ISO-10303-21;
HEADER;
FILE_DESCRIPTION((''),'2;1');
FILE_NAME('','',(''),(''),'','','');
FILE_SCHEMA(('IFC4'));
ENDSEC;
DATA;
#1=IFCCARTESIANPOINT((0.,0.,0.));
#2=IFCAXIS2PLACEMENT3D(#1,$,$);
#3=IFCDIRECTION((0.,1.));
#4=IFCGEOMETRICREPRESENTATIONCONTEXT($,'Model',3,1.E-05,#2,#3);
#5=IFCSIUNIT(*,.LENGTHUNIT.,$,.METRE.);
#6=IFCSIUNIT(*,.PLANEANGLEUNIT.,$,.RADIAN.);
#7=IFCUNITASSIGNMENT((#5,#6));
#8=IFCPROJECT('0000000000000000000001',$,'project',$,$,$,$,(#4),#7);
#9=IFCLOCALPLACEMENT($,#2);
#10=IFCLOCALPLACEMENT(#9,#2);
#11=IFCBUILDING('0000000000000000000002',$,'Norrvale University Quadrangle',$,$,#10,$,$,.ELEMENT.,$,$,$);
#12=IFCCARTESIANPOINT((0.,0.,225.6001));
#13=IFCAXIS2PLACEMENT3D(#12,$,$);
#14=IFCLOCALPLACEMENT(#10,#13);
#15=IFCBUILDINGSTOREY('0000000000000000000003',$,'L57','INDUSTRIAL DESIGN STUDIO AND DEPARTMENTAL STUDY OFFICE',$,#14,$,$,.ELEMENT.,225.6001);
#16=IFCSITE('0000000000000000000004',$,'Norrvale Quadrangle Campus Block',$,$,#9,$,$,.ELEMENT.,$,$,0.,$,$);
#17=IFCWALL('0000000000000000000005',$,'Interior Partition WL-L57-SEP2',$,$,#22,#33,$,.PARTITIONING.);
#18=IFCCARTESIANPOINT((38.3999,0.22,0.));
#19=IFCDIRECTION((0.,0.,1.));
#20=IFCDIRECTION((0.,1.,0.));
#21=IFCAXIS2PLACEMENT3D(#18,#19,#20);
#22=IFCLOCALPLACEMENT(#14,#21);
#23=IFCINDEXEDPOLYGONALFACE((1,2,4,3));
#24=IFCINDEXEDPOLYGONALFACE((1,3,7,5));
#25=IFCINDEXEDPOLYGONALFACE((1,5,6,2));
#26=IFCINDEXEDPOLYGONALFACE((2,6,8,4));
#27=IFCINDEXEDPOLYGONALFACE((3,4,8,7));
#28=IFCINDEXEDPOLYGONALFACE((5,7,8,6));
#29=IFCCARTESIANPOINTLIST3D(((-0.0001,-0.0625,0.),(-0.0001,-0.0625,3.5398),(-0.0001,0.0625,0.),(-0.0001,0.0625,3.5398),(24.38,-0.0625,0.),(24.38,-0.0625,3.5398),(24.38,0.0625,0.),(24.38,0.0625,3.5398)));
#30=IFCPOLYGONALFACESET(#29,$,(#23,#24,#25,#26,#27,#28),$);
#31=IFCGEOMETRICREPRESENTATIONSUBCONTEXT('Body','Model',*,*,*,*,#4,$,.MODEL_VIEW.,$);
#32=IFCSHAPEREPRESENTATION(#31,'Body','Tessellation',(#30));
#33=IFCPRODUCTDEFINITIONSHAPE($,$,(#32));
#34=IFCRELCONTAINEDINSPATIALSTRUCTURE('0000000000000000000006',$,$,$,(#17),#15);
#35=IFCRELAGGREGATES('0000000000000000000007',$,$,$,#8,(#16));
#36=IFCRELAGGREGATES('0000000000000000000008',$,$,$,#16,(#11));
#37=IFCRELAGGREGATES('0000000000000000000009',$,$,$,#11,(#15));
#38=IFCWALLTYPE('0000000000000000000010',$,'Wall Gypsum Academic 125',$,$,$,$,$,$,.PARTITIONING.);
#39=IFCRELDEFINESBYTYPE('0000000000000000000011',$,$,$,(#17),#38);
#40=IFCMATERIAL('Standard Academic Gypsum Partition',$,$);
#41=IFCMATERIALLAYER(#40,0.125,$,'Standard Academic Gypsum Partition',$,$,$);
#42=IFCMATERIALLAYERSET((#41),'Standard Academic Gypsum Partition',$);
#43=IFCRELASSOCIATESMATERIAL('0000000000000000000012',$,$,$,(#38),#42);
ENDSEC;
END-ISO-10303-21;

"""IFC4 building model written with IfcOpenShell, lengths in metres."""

from ifc_helpers import new_model, si_unit, direction, frame, frame_2d, origin, place, context, subcontext, project, spatial, rectangle, extrude, material, layer, layer_set, type_object, element, save


model = new_model("IFC4")

# Units and contexts
model_context = context("Model", 3, precision=1e-05, world=origin(), true_north=direction((0.0, 1.0)))
body_context = subcontext(model_context, "Body", "Model", "MODEL_VIEW")
ifc_project = project(units=[si_unit("LENGTHUNIT", "METRE"), si_unit("PLANEANGLEUNIT", "RADIAN")], contexts=[model_context])

# Site, building, storey
site_placement = place(None, origin())
site = spatial("IfcSite", under=ifc_project, at=site_placement, Name="Norrvale Quadrangle Campus Block", CompositionType="ELEMENT", RefElevation=0.0)
building_placement = place(site_placement, origin())
building = spatial("IfcBuilding", under=site, at=building_placement, Name="Norrvale University Quadrangle", CompositionType="ELEMENT")
storey_placement = place(building_placement, frame((0.0, 0.0, 225.6001)))
storey = spatial("IfcBuildingStorey", under=building, at=storey_placement, Name="L57", Description="INDUSTRIAL DESIGN STUDIO AND DEPARTMENTAL STUDY OFFICE", CompositionType="ELEMENT", Elevation=225.6001)

# Wall
ifc_material_1 = material(Name="Standard Academic Gypsum Partition")
ifc_layer_1 = layer(ifc_material_1, 0.125, Name="Standard Academic Gypsum Partition")
ifc_layer_set_1 = layer_set([ifc_layer_1], Name="Standard Academic Gypsum Partition")
wall_type_1 = type_object("IfcWallType", Name="Wall Gypsum Academic 125", PredefinedType="PARTITIONING", material=ifc_layer_set_1)
wall_1_placement = place(storey_placement, frame((38.3999, 0.22, 0.0), z_axis=(0.0, 0.0, 1.0), x_axis=(0.0, 1.0, 0.0)))
element("IfcWall", 1, at=wall_1_placement, inside=storey, type_object=wall_type_1, Name="Interior Partition WL-L57-SEP2", PredefinedType="PARTITIONING", context=body_context, shape_type="SweptSolid", body=[
    extrude(rectangle(XDim=24.3801, YDim=0.125, at=frame_2d((12.1899, 0.0))), origin(), (0.0, 0.0, 1.0), 3.5398),
])

save(model, "model.ifc")
